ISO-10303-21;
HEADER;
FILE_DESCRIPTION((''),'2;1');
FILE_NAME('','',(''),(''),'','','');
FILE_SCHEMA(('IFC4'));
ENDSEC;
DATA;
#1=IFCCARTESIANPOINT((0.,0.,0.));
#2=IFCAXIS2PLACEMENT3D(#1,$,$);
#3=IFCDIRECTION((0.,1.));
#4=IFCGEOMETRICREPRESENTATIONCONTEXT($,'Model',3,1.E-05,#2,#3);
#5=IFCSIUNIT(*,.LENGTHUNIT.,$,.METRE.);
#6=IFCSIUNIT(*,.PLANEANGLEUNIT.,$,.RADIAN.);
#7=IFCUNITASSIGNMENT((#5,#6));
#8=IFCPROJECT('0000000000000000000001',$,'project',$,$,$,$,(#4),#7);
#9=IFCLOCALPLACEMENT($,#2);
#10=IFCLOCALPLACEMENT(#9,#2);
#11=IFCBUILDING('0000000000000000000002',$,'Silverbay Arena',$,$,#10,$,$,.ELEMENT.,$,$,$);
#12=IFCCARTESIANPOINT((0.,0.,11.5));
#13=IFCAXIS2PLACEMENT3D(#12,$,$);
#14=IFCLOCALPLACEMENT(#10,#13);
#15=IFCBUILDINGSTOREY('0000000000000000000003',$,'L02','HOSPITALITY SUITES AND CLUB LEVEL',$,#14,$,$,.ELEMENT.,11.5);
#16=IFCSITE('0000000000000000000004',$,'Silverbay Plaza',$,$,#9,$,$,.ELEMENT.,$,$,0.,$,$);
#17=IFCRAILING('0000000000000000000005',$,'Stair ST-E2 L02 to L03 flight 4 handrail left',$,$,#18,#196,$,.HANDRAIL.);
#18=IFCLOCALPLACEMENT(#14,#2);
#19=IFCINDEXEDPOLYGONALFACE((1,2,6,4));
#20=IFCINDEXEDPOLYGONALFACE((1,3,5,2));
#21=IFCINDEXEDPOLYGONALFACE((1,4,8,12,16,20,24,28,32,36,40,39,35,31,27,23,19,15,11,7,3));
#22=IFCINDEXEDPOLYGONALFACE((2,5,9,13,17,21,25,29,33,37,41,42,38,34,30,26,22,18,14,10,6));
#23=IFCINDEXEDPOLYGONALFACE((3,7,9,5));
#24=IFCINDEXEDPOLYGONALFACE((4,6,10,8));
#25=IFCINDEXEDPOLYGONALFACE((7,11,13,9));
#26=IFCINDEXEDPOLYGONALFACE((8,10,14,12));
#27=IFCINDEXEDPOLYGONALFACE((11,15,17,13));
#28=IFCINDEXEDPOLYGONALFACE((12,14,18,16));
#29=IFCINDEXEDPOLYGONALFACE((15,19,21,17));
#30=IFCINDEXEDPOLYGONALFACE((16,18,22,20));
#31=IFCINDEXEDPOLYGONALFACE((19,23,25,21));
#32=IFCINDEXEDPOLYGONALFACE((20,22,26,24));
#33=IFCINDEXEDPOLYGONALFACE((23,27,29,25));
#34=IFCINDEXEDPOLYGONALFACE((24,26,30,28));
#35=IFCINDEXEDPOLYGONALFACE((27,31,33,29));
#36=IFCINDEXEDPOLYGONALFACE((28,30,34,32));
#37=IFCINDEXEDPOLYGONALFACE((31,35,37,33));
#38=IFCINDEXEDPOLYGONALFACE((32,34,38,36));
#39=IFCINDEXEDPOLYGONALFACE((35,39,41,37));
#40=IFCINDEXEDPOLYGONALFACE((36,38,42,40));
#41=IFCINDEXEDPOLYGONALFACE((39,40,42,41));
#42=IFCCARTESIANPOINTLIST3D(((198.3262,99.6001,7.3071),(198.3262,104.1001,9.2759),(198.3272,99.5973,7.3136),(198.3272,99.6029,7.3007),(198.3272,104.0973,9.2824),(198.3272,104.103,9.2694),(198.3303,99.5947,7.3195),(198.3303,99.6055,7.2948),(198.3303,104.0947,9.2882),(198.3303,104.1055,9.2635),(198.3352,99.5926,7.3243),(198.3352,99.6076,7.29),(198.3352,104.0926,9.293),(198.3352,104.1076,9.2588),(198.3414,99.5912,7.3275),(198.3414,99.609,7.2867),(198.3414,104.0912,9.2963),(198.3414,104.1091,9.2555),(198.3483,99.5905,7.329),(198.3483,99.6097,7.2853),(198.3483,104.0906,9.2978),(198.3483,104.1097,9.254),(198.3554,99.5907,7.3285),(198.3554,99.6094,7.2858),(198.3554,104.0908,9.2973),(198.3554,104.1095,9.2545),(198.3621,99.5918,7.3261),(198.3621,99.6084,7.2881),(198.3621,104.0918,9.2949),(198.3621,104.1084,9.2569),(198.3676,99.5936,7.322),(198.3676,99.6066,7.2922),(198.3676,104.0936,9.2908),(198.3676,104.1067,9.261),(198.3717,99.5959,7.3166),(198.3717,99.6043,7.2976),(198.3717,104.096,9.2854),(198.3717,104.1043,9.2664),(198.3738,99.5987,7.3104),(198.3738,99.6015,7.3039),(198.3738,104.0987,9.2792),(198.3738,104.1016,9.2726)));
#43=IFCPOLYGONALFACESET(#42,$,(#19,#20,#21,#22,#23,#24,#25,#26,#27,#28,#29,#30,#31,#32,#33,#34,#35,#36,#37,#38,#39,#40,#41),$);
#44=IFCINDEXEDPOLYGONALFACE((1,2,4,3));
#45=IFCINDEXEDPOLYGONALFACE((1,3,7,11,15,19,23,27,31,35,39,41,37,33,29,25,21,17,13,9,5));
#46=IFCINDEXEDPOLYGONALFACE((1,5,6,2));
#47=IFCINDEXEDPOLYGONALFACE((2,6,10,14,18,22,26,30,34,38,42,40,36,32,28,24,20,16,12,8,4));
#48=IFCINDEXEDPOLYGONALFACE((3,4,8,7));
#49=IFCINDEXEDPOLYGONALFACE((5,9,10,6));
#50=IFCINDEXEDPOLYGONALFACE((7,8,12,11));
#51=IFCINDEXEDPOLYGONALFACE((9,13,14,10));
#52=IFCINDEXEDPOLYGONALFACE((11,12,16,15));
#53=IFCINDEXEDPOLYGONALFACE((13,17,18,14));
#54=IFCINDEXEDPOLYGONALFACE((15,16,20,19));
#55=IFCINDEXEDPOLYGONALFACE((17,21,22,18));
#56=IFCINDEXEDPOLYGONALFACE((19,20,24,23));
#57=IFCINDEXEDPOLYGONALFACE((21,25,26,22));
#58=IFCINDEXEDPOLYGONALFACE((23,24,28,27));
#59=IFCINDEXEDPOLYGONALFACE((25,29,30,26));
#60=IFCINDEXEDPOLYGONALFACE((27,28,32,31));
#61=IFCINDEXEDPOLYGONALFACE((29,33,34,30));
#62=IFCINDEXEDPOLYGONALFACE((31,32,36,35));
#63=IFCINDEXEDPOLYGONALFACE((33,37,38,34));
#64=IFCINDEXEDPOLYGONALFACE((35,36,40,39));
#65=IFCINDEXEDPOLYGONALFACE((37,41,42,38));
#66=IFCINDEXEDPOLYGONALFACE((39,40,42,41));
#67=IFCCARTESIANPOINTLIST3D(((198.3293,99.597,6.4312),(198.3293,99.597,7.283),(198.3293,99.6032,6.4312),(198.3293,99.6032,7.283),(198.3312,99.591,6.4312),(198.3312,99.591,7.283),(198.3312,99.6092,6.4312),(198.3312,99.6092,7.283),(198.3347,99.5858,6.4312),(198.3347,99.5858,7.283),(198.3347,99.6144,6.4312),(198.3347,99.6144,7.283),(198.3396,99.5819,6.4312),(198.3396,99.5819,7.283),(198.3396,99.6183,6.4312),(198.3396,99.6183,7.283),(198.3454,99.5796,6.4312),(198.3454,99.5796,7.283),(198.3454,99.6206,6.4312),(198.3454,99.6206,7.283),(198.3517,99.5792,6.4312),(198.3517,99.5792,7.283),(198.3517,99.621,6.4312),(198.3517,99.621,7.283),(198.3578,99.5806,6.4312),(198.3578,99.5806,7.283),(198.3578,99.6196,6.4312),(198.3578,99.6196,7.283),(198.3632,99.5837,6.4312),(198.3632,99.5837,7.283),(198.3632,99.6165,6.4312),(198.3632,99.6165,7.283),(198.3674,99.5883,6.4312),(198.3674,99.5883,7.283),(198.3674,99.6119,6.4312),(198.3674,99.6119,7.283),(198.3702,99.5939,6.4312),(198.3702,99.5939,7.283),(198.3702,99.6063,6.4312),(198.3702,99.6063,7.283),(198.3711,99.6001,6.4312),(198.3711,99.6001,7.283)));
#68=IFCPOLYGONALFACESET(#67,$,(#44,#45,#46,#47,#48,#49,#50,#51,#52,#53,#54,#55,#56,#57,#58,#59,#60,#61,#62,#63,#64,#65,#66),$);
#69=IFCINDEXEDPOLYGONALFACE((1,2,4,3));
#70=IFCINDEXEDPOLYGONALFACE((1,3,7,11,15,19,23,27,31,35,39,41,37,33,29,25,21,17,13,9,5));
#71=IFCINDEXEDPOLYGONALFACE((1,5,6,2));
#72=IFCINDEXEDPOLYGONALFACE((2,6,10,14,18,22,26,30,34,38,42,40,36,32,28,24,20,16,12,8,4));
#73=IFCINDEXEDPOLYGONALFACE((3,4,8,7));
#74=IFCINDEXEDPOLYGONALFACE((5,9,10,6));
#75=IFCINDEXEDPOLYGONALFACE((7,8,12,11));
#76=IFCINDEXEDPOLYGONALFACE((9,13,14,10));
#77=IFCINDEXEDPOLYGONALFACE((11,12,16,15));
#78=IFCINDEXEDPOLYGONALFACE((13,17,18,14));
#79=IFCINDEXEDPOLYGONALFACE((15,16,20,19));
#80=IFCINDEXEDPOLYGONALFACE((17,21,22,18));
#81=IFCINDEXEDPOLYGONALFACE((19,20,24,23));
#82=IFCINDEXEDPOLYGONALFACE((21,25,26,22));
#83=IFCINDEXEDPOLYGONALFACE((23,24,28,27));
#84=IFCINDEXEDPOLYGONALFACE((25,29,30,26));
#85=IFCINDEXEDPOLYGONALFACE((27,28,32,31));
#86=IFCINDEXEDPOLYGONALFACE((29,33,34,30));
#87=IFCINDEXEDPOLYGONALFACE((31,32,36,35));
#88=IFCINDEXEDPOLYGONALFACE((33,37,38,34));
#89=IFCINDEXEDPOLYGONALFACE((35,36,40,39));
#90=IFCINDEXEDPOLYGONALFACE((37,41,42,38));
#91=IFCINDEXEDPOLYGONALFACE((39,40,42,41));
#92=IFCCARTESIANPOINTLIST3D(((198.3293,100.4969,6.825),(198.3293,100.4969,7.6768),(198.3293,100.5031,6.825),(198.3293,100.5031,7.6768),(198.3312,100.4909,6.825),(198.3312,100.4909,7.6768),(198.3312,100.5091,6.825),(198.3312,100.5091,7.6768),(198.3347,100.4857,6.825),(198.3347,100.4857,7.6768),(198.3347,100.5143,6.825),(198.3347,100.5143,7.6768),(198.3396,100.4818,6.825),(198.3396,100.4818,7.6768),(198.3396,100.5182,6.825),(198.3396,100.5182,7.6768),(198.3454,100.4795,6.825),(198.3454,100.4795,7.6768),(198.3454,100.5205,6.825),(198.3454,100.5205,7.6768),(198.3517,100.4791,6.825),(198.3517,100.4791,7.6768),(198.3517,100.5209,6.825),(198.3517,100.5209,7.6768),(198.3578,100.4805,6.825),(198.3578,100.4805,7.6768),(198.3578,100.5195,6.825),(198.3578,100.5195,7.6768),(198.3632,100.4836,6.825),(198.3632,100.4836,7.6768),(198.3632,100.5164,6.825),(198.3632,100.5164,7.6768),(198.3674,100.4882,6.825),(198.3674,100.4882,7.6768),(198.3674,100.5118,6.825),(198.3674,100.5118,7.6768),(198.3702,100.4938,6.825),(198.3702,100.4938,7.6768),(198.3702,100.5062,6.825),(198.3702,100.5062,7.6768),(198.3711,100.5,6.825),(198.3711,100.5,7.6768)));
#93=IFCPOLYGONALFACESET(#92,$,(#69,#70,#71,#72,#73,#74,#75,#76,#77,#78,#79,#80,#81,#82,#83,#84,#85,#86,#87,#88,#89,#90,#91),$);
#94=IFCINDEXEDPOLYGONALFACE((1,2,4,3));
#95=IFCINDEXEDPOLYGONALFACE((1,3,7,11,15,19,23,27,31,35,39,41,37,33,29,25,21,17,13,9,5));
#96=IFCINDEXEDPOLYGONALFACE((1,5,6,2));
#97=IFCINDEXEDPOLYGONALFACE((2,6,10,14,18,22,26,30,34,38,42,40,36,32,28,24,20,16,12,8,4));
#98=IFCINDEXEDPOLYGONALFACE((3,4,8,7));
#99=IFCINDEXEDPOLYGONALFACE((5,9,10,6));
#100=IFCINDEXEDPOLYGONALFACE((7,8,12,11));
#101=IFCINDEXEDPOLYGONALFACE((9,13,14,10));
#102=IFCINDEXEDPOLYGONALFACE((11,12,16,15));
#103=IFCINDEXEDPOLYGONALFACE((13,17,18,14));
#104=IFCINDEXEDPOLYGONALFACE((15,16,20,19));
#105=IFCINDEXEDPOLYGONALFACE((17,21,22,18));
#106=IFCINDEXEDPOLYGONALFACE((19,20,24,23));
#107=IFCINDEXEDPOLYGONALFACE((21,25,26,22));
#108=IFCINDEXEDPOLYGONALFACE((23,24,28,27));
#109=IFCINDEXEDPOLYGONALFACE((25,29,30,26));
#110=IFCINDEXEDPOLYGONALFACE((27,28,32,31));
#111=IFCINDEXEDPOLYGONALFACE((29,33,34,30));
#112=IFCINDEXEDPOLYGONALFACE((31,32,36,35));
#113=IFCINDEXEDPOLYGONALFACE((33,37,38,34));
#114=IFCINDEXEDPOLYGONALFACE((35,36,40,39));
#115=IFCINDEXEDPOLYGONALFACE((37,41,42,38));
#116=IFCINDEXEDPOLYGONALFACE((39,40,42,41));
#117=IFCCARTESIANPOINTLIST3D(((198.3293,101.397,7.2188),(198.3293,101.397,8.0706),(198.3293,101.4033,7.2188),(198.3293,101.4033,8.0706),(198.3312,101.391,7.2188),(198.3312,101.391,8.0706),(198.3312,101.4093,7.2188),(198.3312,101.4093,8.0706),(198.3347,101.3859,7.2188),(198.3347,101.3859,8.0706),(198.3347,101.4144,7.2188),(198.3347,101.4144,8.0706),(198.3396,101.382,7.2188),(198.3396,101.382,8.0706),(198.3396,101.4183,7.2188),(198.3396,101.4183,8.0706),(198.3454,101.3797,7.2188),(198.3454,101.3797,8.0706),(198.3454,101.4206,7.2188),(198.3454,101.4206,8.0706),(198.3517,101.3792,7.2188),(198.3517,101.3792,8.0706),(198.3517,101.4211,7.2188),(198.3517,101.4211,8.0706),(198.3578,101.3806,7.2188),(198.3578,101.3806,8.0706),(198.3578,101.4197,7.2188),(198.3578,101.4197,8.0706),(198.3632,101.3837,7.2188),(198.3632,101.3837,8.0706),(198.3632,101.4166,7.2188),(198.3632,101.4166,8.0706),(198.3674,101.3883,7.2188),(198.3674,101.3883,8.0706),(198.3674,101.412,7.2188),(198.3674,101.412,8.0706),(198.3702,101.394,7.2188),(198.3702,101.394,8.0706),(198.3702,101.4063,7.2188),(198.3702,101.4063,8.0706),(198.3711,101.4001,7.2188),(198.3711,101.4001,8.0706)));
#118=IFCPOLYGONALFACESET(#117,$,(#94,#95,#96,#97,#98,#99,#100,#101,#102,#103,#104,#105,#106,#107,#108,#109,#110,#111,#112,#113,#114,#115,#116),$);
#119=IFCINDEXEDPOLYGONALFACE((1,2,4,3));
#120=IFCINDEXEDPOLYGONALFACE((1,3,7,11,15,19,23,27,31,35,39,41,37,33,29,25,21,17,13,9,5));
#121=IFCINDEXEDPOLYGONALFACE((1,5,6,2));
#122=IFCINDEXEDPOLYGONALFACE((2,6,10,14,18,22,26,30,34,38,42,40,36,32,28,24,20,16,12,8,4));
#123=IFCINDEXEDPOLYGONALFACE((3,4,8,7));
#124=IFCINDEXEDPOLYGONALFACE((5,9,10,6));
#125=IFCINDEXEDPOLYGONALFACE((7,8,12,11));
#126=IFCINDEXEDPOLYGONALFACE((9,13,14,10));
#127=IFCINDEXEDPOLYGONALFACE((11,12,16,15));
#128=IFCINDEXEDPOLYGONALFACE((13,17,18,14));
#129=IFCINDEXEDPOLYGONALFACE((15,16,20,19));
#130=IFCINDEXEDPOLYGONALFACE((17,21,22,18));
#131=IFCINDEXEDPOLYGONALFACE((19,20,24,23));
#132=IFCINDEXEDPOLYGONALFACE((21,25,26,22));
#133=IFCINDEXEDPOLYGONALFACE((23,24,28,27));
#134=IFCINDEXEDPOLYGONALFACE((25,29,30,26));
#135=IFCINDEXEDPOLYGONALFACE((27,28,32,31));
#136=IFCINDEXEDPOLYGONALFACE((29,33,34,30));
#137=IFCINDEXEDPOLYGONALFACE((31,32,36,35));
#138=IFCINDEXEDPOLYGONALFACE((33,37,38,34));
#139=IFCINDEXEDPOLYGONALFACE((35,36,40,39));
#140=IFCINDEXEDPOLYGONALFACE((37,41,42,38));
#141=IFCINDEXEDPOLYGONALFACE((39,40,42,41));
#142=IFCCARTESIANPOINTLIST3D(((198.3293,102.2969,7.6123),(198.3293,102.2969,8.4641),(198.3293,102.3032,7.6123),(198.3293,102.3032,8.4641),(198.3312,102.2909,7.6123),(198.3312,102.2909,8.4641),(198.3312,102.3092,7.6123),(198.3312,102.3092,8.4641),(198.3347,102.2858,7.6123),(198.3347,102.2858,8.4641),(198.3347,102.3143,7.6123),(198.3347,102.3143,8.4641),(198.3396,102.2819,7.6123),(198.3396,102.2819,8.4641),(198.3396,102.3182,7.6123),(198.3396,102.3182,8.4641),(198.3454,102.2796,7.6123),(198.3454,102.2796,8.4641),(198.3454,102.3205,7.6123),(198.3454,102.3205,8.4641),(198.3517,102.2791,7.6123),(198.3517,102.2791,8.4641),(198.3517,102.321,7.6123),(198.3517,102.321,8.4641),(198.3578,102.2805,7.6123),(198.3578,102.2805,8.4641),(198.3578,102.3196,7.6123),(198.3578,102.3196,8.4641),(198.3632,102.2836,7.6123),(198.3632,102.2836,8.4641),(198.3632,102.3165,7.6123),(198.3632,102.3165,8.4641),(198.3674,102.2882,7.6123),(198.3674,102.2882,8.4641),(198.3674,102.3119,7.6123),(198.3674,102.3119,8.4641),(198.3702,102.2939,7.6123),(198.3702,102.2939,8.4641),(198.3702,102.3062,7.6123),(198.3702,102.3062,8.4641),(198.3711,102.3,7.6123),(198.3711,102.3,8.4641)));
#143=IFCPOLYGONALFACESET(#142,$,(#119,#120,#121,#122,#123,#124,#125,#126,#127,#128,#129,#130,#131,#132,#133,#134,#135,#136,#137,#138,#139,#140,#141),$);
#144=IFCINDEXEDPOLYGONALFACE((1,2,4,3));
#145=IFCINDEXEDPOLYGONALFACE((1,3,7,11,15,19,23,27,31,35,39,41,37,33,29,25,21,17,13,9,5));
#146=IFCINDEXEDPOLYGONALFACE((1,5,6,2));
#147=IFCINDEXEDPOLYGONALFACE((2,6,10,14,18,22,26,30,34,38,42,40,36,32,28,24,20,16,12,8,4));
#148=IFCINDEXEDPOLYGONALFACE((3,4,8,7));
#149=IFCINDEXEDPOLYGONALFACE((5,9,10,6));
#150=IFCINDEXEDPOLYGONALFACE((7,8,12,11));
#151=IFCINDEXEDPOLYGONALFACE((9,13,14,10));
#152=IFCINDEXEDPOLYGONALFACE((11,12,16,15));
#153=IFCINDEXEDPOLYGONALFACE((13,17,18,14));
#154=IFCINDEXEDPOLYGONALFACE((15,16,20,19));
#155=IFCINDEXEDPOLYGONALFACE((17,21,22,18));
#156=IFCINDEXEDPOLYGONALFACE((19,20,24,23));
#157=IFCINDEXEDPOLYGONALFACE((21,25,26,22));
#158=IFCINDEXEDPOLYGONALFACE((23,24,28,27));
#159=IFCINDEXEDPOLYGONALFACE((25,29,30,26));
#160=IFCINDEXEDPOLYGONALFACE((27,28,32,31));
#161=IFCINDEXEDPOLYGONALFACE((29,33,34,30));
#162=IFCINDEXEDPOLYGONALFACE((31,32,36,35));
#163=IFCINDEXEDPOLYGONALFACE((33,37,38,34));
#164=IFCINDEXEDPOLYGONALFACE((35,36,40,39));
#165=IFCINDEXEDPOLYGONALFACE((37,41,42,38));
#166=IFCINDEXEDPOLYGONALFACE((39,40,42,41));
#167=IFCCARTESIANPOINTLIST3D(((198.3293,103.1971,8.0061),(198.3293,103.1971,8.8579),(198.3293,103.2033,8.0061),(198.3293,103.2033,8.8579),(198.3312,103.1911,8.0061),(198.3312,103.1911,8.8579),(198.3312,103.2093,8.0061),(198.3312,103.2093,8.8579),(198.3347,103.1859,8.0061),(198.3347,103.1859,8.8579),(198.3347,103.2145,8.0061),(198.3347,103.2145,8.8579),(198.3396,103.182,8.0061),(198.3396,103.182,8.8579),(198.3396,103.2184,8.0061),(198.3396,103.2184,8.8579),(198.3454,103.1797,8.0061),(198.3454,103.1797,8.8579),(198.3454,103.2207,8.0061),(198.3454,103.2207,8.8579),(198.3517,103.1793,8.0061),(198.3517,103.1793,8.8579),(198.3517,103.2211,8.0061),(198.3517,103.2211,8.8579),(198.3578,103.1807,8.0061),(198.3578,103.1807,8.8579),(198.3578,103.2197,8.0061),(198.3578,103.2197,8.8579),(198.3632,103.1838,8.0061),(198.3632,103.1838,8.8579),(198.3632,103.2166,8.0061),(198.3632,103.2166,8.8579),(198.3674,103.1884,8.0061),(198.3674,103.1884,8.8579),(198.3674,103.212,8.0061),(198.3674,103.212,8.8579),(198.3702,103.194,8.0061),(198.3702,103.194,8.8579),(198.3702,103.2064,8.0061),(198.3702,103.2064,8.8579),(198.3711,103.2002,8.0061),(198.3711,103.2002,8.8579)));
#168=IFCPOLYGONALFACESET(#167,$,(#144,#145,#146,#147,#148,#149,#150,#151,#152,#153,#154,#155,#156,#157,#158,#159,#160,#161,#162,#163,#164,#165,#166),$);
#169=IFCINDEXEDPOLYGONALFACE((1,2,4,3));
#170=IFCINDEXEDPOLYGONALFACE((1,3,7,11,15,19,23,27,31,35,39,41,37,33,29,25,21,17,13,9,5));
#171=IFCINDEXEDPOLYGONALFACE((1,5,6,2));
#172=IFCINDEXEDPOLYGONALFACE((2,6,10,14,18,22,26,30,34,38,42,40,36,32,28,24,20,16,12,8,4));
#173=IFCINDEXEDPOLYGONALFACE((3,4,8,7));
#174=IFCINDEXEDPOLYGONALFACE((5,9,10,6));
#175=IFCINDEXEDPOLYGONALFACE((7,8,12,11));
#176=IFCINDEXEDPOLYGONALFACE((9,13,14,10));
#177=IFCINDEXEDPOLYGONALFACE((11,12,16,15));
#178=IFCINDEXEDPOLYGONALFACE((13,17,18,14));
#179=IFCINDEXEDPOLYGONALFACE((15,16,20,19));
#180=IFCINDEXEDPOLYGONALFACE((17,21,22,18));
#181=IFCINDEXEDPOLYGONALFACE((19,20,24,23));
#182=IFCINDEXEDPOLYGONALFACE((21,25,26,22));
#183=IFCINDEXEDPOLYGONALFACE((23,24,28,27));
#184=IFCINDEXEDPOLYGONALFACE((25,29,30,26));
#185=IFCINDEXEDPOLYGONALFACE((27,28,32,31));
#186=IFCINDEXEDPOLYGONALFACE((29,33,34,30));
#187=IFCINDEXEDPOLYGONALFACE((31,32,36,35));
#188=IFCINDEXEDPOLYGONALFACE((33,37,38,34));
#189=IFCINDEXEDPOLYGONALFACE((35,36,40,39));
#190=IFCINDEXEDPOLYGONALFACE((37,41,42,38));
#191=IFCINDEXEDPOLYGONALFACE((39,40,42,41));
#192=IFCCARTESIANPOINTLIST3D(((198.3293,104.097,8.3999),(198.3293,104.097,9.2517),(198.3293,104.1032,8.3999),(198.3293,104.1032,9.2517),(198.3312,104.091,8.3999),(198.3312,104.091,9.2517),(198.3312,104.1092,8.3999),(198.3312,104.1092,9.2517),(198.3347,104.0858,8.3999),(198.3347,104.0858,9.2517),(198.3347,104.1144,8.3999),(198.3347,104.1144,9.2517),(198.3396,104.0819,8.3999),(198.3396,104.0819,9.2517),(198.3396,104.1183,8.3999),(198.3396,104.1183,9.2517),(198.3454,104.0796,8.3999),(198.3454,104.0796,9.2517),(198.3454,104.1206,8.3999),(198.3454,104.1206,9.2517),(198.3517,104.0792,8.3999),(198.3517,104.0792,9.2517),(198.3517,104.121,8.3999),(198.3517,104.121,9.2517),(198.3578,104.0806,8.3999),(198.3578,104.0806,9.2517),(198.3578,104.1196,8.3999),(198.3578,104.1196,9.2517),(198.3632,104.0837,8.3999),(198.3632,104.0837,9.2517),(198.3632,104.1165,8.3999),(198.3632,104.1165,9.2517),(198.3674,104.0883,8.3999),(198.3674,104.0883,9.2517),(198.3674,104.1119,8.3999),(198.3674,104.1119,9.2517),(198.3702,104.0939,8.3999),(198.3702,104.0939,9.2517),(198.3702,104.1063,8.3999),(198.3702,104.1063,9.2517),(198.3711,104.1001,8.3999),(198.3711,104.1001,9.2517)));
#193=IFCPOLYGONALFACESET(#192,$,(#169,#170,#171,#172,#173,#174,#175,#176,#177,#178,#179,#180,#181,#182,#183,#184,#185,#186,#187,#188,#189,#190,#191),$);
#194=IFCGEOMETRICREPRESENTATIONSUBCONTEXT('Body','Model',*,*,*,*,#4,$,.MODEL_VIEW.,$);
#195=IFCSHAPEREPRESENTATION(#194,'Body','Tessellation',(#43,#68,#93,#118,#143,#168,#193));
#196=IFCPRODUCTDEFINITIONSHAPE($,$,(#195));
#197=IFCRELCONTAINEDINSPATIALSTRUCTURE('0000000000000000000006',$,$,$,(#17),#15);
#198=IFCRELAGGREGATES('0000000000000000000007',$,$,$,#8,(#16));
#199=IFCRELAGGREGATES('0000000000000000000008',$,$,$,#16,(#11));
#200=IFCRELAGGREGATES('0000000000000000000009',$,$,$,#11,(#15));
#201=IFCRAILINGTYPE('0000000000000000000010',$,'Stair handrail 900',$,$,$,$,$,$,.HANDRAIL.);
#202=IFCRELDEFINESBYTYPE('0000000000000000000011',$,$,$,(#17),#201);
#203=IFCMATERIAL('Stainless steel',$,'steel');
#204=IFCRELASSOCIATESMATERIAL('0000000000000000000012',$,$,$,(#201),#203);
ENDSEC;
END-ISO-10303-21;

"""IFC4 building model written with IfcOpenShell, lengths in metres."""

from ifc_helpers import new_model, si_unit, direction, frame, origin, origin_2d, place, context, subcontext, project, spatial, circle, extrude, material, type_object, element, save


model = new_model("IFC4")

# Units and contexts
model_context = context("Model", 3, precision=1e-05, world=origin(), true_north=direction((0.0, 1.0)))
body_context = subcontext(model_context, "Body", "Model", "MODEL_VIEW")
ifc_project = project(units=[si_unit("LENGTHUNIT", "METRE"), si_unit("PLANEANGLEUNIT", "RADIAN")], contexts=[model_context])

# Site, building, storey
site_placement = place(None, origin())
site = spatial("IfcSite", under=ifc_project, at=site_placement, Name="Silverbay Plaza", CompositionType="ELEMENT", RefElevation=0.0)
building_placement = place(site_placement, origin())
building = spatial("IfcBuilding", under=site, at=building_placement, Name="Silverbay Arena", CompositionType="ELEMENT")
storey_placement = place(building_placement, frame((0.0, 0.0, 11.5)))
storey = spatial("IfcBuildingStorey", under=building, at=storey_placement, Name="L02", Description="HOSPITALITY SUITES AND CLUB LEVEL", CompositionType="ELEMENT", Elevation=11.5)

# Railing
ifc_material_1 = material(Name="Stainless steel", Category="steel")
railing_type_1 = type_object("IfcRailingType", Name="Stair handrail 900", PredefinedType="HANDRAIL", material=ifc_material_1)
for number, where, name in (
    (1, (198.3501, 99.6001, 6.4312), "Stair ST-E2 L02 to L03 flight 4 handrail left"),
):
    element("IfcRailing", number, at=place(storey_placement, frame(where)), inside=storey, type_object=railing_type_1, Name=name, PredefinedType="HANDRAIL", context=body_context, shape_type="SweptSolid", body=[
        extrude(circle(Radius=0.0239, at=origin_2d()), frame((0.0, 0.0, 0.876), z_axis=(0.0, 0.916157, 0.400819), x_axis=(-1.0, 0.0, 0.0)), (0.0, 0.0, 1.0), 4.9119),
        extrude(circle(Radius=0.021, at=origin_2d()), origin(), (0.0, 0.0, 1.0), 0.8518),
        extrude(circle(Radius=0.021, at=origin_2d()), frame((0.0, 0.8999, 0.3938)), (0.0, 0.0, 1.0), 0.8518),
        extrude(circle(Radius=0.021, at=origin_2d()), frame((0.0, 1.8, 0.7876)), (0.0, 0.0, 1.0), 0.8518),
        extrude(circle(Radius=0.021, at=origin_2d()), frame((0.0, 2.7, 1.1812)), (0.0, 0.0, 1.0), 0.8518),
        extrude(circle(Radius=0.021, at=origin_2d()), frame((0.0, 3.6001, 1.575)), (0.0, 0.0, 1.0), 0.8518),
        extrude(circle(Radius=0.021, at=origin_2d()), frame((0.0, 4.5, 1.9688)), (0.0, 0.0, 1.0), 0.8518),
    ])

save(model, "model.ifc")
